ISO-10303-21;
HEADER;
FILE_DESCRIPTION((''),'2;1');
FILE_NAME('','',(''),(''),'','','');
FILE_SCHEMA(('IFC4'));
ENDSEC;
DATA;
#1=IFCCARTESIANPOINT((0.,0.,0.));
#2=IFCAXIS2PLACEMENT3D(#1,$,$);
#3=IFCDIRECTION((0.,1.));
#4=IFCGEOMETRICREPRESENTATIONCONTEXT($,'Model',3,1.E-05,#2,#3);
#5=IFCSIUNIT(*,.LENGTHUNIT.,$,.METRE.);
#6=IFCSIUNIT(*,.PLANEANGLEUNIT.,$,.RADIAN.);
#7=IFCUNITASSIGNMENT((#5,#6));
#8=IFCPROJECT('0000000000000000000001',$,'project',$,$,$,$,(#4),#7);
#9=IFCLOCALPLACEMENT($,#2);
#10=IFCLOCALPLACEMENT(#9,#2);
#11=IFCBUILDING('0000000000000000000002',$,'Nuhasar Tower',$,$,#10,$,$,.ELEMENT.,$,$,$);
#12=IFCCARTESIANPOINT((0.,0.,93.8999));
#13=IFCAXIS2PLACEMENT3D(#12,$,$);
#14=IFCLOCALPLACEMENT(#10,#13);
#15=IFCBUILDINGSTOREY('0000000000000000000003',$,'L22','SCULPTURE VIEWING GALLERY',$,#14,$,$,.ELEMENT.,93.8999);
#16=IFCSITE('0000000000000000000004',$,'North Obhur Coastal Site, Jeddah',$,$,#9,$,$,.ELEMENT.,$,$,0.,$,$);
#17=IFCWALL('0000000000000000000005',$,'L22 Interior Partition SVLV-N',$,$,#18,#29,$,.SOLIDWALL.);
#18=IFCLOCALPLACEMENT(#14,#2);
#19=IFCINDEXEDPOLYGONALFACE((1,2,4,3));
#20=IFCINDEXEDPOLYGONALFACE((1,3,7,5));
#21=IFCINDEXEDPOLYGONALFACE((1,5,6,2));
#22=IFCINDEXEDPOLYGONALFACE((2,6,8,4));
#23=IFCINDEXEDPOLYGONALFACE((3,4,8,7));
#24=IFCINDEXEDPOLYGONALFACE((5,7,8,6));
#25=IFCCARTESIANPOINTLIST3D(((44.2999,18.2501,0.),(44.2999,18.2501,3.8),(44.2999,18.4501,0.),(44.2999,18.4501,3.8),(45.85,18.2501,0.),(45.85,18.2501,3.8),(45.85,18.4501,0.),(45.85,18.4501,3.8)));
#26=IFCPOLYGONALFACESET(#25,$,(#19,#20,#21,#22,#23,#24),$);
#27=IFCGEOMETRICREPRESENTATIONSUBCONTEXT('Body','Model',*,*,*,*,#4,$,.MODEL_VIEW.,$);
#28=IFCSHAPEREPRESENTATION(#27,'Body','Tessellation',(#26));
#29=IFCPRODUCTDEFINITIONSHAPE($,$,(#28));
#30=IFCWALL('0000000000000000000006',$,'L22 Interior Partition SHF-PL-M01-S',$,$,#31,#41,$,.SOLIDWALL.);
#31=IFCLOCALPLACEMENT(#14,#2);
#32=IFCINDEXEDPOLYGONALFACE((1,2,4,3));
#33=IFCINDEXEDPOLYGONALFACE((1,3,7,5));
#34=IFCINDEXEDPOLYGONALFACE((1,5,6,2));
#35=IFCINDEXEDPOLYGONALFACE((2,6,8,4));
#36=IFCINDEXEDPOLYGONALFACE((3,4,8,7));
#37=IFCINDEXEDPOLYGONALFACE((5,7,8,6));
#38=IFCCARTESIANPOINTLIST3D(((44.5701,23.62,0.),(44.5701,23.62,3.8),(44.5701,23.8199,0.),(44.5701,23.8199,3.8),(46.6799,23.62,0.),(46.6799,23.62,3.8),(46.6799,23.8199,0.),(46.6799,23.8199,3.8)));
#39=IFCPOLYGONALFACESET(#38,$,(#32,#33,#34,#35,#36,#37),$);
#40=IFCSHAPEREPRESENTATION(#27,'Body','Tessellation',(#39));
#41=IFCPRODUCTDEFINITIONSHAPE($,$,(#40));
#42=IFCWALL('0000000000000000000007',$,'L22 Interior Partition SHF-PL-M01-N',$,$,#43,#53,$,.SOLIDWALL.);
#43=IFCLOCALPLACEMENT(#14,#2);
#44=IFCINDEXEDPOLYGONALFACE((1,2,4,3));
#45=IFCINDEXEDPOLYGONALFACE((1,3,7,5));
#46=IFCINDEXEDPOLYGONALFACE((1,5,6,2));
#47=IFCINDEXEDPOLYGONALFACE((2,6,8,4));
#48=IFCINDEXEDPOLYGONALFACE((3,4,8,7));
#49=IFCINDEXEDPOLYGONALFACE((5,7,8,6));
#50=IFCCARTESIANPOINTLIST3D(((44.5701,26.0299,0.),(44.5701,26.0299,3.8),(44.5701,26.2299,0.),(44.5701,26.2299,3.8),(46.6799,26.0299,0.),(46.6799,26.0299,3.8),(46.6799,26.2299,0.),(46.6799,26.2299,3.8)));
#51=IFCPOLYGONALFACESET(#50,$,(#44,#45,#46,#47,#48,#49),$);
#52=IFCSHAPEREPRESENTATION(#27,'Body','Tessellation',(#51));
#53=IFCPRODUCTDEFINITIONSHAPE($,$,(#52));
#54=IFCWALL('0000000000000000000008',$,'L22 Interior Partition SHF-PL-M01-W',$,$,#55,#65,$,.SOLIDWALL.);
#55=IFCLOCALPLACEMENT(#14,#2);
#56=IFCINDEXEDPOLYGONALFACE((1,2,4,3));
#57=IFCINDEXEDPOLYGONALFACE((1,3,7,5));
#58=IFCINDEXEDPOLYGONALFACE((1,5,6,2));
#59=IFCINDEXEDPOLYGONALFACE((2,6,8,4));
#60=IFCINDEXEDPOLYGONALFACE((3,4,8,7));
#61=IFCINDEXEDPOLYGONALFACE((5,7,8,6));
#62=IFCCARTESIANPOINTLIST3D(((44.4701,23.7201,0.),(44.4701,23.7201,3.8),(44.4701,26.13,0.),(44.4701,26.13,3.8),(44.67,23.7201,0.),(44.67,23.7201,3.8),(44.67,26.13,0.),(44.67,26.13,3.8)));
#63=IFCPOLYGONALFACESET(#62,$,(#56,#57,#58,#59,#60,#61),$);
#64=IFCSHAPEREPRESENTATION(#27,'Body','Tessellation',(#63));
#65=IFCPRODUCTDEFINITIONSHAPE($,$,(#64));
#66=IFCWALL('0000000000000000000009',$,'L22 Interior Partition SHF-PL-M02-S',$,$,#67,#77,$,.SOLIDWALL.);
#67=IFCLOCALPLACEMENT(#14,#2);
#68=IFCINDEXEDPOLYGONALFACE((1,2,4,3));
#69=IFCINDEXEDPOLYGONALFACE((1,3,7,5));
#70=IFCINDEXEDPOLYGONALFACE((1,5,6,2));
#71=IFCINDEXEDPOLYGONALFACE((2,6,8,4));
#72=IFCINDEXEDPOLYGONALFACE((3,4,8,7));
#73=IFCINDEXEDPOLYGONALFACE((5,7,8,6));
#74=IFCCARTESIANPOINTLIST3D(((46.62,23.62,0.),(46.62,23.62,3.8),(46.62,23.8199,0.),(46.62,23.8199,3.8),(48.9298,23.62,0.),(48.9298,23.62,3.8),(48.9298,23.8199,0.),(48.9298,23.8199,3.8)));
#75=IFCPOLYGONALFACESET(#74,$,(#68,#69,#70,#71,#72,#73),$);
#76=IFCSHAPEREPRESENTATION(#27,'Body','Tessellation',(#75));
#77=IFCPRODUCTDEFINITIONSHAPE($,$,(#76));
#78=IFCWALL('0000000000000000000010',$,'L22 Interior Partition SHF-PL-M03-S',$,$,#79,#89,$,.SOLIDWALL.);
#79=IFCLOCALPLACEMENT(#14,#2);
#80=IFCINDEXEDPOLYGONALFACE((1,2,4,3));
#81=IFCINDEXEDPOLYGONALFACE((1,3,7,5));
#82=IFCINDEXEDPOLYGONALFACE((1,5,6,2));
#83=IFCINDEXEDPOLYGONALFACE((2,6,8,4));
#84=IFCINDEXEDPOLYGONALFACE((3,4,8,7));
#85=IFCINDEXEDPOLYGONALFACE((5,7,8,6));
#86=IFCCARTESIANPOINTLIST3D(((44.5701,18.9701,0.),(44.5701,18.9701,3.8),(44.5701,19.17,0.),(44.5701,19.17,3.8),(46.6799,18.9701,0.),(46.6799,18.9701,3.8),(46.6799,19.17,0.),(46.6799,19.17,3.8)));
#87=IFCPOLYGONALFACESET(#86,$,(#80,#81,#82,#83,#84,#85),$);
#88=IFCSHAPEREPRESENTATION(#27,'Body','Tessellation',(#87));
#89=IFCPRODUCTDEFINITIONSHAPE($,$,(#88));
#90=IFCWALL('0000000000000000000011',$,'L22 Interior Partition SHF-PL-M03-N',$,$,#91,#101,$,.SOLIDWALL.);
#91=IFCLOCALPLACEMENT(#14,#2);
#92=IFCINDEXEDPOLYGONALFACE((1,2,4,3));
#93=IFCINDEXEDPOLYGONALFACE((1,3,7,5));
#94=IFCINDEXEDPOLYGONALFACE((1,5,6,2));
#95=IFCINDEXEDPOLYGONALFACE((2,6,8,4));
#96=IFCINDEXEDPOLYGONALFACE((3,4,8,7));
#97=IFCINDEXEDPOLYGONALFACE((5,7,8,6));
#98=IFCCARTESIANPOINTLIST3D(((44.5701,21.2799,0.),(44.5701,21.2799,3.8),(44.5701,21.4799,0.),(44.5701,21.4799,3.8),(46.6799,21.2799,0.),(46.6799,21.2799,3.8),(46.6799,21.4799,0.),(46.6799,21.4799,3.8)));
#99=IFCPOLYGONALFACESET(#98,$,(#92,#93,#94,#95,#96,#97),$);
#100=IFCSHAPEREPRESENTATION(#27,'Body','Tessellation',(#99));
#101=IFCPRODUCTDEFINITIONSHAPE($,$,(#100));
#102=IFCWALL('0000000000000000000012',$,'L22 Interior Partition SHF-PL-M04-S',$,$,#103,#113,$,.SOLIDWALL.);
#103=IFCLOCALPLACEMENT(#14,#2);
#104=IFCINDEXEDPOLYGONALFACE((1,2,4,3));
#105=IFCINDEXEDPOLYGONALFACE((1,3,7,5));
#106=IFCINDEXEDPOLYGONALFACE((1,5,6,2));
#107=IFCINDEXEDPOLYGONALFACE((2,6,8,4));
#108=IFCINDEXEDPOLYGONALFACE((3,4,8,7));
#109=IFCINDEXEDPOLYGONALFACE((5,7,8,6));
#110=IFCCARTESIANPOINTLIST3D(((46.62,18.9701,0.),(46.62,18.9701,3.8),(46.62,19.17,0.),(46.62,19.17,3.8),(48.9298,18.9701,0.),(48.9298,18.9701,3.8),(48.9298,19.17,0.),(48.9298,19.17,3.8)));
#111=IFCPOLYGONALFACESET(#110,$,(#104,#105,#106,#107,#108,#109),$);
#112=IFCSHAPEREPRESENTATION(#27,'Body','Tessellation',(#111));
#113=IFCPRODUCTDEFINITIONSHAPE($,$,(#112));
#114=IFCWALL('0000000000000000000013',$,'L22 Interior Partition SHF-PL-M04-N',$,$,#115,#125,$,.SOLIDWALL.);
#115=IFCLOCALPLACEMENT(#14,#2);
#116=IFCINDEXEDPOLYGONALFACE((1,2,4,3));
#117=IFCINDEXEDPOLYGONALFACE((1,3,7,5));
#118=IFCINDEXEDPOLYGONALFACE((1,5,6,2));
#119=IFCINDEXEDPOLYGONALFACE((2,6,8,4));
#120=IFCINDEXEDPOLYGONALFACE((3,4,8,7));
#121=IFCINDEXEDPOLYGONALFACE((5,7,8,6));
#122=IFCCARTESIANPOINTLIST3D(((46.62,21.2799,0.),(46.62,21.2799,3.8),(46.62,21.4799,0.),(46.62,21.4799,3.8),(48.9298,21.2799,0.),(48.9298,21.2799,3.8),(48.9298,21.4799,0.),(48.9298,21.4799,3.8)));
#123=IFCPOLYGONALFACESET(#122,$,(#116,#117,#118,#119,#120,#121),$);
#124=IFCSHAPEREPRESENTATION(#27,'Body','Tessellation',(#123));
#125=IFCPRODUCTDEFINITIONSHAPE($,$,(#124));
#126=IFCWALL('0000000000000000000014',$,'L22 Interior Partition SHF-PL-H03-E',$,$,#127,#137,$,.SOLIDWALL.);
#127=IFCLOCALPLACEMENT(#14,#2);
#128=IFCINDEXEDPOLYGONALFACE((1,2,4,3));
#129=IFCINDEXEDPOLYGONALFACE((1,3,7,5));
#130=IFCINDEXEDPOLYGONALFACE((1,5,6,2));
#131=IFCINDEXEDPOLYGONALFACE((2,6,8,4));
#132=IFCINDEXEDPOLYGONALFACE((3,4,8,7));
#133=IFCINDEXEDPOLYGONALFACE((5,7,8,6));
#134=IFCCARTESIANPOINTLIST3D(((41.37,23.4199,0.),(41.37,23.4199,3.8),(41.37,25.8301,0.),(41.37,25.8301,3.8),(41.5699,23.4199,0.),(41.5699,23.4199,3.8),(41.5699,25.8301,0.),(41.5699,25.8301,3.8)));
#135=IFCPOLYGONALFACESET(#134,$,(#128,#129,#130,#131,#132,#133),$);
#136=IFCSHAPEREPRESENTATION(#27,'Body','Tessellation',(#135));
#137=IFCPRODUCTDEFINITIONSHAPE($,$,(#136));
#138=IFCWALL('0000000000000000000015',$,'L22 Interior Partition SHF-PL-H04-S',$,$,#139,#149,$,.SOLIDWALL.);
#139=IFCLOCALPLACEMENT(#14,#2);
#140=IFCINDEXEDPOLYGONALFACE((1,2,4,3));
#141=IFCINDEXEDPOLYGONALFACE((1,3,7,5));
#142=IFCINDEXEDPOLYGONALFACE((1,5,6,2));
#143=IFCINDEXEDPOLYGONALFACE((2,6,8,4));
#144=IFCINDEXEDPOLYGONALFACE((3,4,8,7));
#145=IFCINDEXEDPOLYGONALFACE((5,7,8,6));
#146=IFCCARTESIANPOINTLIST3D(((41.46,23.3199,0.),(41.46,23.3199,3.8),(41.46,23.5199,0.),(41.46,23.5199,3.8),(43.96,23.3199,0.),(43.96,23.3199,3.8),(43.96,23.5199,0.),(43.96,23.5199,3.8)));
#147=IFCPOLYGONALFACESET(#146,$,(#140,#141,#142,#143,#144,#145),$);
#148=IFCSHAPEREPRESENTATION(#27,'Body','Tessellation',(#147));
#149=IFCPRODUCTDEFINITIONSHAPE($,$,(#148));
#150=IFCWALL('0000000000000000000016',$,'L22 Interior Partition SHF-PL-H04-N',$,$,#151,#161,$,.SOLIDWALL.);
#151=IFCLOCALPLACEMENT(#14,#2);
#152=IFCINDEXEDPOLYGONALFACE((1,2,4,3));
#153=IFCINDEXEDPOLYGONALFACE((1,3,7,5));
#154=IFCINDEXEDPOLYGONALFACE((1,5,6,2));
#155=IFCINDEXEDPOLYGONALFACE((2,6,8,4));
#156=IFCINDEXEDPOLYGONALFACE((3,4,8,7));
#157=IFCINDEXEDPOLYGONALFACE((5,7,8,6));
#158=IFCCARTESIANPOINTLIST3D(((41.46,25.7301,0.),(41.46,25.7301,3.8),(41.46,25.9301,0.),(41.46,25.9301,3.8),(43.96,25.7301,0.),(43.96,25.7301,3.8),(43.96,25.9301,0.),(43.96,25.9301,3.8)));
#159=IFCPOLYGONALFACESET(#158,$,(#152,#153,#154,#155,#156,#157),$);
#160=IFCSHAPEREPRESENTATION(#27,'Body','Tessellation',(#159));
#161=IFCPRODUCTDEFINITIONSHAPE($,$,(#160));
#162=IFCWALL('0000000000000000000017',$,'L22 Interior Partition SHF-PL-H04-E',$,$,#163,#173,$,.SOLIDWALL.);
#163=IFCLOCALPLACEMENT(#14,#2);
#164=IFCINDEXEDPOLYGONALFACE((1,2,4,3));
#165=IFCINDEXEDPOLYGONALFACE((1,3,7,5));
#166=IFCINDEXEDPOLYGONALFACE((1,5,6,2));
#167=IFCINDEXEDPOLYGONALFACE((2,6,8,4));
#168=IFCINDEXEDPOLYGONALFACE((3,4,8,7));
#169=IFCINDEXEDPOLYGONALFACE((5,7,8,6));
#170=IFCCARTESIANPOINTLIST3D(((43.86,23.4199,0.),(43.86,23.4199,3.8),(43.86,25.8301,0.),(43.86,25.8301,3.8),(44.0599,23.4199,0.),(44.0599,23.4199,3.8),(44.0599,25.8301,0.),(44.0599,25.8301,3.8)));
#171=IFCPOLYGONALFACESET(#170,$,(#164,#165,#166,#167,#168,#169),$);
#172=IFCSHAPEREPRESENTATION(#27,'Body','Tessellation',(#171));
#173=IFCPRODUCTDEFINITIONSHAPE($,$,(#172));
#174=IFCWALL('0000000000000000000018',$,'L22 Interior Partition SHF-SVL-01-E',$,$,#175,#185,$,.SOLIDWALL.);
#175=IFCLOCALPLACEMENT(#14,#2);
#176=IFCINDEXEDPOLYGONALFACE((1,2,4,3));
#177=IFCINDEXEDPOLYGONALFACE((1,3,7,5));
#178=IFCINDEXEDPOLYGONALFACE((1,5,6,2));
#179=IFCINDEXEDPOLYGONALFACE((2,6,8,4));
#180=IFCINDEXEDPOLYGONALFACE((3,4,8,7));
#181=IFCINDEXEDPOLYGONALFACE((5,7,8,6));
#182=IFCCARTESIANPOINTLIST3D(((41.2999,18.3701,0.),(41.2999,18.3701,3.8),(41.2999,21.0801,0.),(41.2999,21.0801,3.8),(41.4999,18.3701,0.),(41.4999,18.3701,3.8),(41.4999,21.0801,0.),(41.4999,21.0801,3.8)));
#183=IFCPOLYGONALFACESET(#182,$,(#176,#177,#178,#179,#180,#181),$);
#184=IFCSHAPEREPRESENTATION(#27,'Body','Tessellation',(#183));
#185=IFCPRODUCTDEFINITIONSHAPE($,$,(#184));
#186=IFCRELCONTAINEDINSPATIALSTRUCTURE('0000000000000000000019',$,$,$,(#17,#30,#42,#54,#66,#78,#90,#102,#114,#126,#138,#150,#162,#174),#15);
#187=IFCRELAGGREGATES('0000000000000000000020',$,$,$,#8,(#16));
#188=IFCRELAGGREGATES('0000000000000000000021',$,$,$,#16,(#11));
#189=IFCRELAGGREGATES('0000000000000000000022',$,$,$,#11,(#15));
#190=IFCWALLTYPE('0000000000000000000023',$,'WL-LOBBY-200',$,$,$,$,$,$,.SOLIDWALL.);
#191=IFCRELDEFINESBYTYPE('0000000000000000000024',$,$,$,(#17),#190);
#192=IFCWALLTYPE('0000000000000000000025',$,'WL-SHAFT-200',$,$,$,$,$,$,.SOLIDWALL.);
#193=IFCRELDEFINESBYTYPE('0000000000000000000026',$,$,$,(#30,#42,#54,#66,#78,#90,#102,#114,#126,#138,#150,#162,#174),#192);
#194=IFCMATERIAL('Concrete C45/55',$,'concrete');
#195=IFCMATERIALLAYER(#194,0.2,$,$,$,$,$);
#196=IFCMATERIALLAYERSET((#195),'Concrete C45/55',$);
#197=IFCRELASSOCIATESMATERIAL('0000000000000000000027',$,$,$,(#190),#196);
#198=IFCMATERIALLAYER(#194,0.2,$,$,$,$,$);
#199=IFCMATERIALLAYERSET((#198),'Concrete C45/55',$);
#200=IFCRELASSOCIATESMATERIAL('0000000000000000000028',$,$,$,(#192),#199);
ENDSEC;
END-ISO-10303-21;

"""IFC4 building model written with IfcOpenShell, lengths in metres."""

from ifc_helpers import new_model, si_unit, direction, frame, frame_2d, origin, place, context, subcontext, project, spatial, rectangle, extrude, material, layer, layer_set, type_object, element, save


model = new_model("IFC4")

# Units and contexts
model_context = context("Model", 3, precision=1e-05, world=origin(), true_north=direction((0.0, 1.0)))
body_context = subcontext(model_context, "Body", "Model", "MODEL_VIEW")
ifc_project = project(units=[si_unit("LENGTHUNIT", "METRE"), si_unit("PLANEANGLEUNIT", "RADIAN")], contexts=[model_context])

# Site, building, storey
site_placement = place(None, origin())
site = spatial("IfcSite", under=ifc_project, at=site_placement, Name="North Obhur Coastal Site, Jeddah", CompositionType="ELEMENT", RefElevation=0.0)
building_placement = place(site_placement, origin())
building = spatial("IfcBuilding", under=site, at=building_placement, Name="Nuhasar Tower", CompositionType="ELEMENT")
storey_placement = place(building_placement, frame((0.0, 0.0, 93.8999)))
storey = spatial("IfcBuildingStorey", under=building, at=storey_placement, Name="L22", Description="SCULPTURE VIEWING GALLERY", CompositionType="ELEMENT", Elevation=93.8999)

# Shared definitions
ifc_material_1 = material(Name="Concrete C45/55", Category="concrete")
ifc_layer_1 = layer(ifc_material_1, 0.2)
ifc_layer_set_1 = layer_set([ifc_layer_1], Name="Concrete C45/55")
wall_type_1 = type_object("IfcWallType", Name="WL-LOBBY-200", PredefinedType="SOLIDWALL", material=ifc_layer_set_1)

# Walls
wall_1_placement = place(storey_placement, frame((44.3, 18.3501, 0.0), z_axis=(0.0, 0.0, 1.0), x_axis=(1.0, 0.0, 0.0)))
element("IfcWall", 1, at=wall_1_placement, inside=storey, type_object=wall_type_1, Name="L22 Interior Partition SVLV-N", PredefinedType="SOLIDWALL", context=body_context, shape_type="SweptSolid", body=[
    extrude(rectangle(XDim=1.55, YDim=0.2, at=frame_2d((0.7749, 0.0))), origin(), (0.0, 0.0, 1.0), 3.8),
])
ifc_layer_2 = layer(ifc_material_1, 0.2)
ifc_layer_set_2 = layer_set([ifc_layer_2], Name="Concrete C45/55")
wall_type_2 = type_object("IfcWallType", Name="WL-SHAFT-200", PredefinedType="SOLIDWALL", material=ifc_layer_set_2)
for number, where, z_axis, x_axis, name in (
    (2, (44.5701, 23.72, 0.0), (0.0, 0.0, 1.0), (1.0, 0.0, 0.0), "L22 Interior Partition SHF-PL-M01-S"),
    (3, (44.5701, 26.1299, 0.0), (0.0, 0.0, 1.0), (1.0, 0.0, 0.0), "L22 Interior Partition SHF-PL-M01-N"),
):
    element("IfcWall", number, at=place(storey_placement, frame(where, z_axis=z_axis, x_axis=x_axis)), inside=storey, type_object=wall_type_2, Name=name, PredefinedType="SOLIDWALL", context=body_context, shape_type="SweptSolid", body=[
        extrude(rectangle(XDim=2.1099, YDim=0.2, at=frame_2d((1.0549, 0.0))), origin(), (0.0, 0.0, 1.0), 3.8),
    ])
wall_2_placement = place(storey_placement, frame((44.5701, 23.72, 0.0), z_axis=(0.0, 0.0, 1.0), x_axis=(0.0, 1.0, 0.0)))
element("IfcWall", 4, at=wall_2_placement, inside=storey, type_object=wall_type_2, Name="L22 Interior Partition SHF-PL-M01-W", PredefinedType="SOLIDWALL", context=body_context, shape_type="SweptSolid", body=[
    extrude(rectangle(XDim=2.4099, YDim=0.2, at=frame_2d((1.2051, 0.0))), origin(), (0.0, 0.0, 1.0), 3.8),
])
wall_3_placement = place(storey_placement, frame((46.6201, 23.72, 0.0), z_axis=(0.0, 0.0, 1.0), x_axis=(1.0, 0.0, 0.0)))
element("IfcWall", 5, at=wall_3_placement, inside=storey, type_object=wall_type_2, Name="L22 Interior Partition SHF-PL-M02-S", PredefinedType="SOLIDWALL", context=body_context, shape_type="SweptSolid", body=[
    extrude(rectangle(XDim=2.3098, YDim=0.2, at=frame_2d((1.1548, 0.0))), origin(), (0.0, 0.0, 1.0), 3.8),
])
for number, where, z_axis, x_axis, name in (
    (6, (44.5701, 19.0701, 0.0), (0.0, 0.0, 1.0), (1.0, 0.0, 0.0), "L22 Interior Partition SHF-PL-M03-S"),
    (7, (44.5701, 21.3799, 0.0), (0.0, 0.0, 1.0), (1.0, 0.0, 0.0), "L22 Interior Partition SHF-PL-M03-N"),
):
    element("IfcWall", number, at=place(storey_placement, frame(where, z_axis=z_axis, x_axis=x_axis)), inside=storey, type_object=wall_type_2, Name=name, PredefinedType="SOLIDWALL", context=body_context, shape_type="SweptSolid", body=[
        extrude(rectangle(XDim=2.1099, YDim=0.2, at=frame_2d((1.0549, 0.0))), origin(), (0.0, 0.0, 1.0), 3.8),
    ])
for number, where, z_axis, x_axis, name in (
    (8, (46.6201, 19.0701, 0.0), (0.0, 0.0, 1.0), (1.0, 0.0, 0.0), "L22 Interior Partition SHF-PL-M04-S"),
    (9, (46.6201, 21.3799, 0.0), (0.0, 0.0, 1.0), (1.0, 0.0, 0.0), "L22 Interior Partition SHF-PL-M04-N"),
):
    element("IfcWall", number, at=place(storey_placement, frame(where, z_axis=z_axis, x_axis=x_axis)), inside=storey, type_object=wall_type_2, Name=name, PredefinedType="SOLIDWALL", context=body_context, shape_type="SweptSolid", body=[
        extrude(rectangle(XDim=2.3098, YDim=0.2, at=frame_2d((1.1548, 0.0))), origin(), (0.0, 0.0, 1.0), 3.8),
    ])
wall_4_placement = place(storey_placement, frame((41.47, 23.4199, 0.0), z_axis=(0.0, 0.0, 1.0), x_axis=(0.0, 1.0, 0.0)))
element("IfcWall", 10, at=wall_4_placement, inside=storey, type_object=wall_type_2, Name="L22 Interior Partition SHF-PL-H03-E", PredefinedType="SOLIDWALL", context=body_context, shape_type="SweptSolid", body=[
    extrude(rectangle(XDim=2.4102, YDim=0.2, at=frame_2d((1.2051, 0.0))), origin(), (0.0, 0.0, 1.0), 3.8),
])
for number, where, z_axis, x_axis, name in (
    (11, (41.46, 23.4199, 0.0), (0.0, 0.0, 1.0), (1.0, 0.0, 0.0), "L22 Interior Partition SHF-PL-H04-S"),
    (12, (41.46, 25.8301, 0.0), (0.0, 0.0, 1.0), (1.0, 0.0, 0.0), "L22 Interior Partition SHF-PL-H04-N"),
):
    element("IfcWall", number, at=place(storey_placement, frame(where, z_axis=z_axis, x_axis=x_axis)), inside=storey, type_object=wall_type_2, Name=name, PredefinedType="SOLIDWALL", context=body_context, shape_type="SweptSolid", body=[
        extrude(rectangle(XDim=2.5, YDim=0.2, at=frame_2d((1.25, 0.0))), origin(), (0.0, 0.0, 1.0), 3.8),
    ])
wall_5_placement = place(storey_placement, frame((43.96, 23.4199, 0.0), z_axis=(0.0, 0.0, 1.0), x_axis=(0.0, 1.0, 0.0)))
element("IfcWall", 13, at=wall_5_placement, inside=storey, type_object=wall_type_2, Name="L22 Interior Partition SHF-PL-H04-E", PredefinedType="SOLIDWALL", context=body_context, shape_type="SweptSolid", body=[
    extrude(rectangle(XDim=2.4102, YDim=0.2, at=frame_2d((1.2051, 0.0))), origin(), (0.0, 0.0, 1.0), 3.8),
])
wall_6_placement = place(storey_placement, frame((41.3999, 18.3701, 0.0), z_axis=(0.0, 0.0, 1.0), x_axis=(0.0, 1.0, 0.0)))
element("IfcWall", 14, at=wall_6_placement, inside=storey, type_object=wall_type_2, Name="L22 Interior Partition SHF-SVL-01-E", PredefinedType="SOLIDWALL", context=body_context, shape_type="SweptSolid", body=[
    extrude(rectangle(XDim=2.71, YDim=0.2, at=frame_2d((1.355, 0.0))), origin(), (0.0, 0.0, 1.0), 3.8),
])

save(model, "model.ifc")
